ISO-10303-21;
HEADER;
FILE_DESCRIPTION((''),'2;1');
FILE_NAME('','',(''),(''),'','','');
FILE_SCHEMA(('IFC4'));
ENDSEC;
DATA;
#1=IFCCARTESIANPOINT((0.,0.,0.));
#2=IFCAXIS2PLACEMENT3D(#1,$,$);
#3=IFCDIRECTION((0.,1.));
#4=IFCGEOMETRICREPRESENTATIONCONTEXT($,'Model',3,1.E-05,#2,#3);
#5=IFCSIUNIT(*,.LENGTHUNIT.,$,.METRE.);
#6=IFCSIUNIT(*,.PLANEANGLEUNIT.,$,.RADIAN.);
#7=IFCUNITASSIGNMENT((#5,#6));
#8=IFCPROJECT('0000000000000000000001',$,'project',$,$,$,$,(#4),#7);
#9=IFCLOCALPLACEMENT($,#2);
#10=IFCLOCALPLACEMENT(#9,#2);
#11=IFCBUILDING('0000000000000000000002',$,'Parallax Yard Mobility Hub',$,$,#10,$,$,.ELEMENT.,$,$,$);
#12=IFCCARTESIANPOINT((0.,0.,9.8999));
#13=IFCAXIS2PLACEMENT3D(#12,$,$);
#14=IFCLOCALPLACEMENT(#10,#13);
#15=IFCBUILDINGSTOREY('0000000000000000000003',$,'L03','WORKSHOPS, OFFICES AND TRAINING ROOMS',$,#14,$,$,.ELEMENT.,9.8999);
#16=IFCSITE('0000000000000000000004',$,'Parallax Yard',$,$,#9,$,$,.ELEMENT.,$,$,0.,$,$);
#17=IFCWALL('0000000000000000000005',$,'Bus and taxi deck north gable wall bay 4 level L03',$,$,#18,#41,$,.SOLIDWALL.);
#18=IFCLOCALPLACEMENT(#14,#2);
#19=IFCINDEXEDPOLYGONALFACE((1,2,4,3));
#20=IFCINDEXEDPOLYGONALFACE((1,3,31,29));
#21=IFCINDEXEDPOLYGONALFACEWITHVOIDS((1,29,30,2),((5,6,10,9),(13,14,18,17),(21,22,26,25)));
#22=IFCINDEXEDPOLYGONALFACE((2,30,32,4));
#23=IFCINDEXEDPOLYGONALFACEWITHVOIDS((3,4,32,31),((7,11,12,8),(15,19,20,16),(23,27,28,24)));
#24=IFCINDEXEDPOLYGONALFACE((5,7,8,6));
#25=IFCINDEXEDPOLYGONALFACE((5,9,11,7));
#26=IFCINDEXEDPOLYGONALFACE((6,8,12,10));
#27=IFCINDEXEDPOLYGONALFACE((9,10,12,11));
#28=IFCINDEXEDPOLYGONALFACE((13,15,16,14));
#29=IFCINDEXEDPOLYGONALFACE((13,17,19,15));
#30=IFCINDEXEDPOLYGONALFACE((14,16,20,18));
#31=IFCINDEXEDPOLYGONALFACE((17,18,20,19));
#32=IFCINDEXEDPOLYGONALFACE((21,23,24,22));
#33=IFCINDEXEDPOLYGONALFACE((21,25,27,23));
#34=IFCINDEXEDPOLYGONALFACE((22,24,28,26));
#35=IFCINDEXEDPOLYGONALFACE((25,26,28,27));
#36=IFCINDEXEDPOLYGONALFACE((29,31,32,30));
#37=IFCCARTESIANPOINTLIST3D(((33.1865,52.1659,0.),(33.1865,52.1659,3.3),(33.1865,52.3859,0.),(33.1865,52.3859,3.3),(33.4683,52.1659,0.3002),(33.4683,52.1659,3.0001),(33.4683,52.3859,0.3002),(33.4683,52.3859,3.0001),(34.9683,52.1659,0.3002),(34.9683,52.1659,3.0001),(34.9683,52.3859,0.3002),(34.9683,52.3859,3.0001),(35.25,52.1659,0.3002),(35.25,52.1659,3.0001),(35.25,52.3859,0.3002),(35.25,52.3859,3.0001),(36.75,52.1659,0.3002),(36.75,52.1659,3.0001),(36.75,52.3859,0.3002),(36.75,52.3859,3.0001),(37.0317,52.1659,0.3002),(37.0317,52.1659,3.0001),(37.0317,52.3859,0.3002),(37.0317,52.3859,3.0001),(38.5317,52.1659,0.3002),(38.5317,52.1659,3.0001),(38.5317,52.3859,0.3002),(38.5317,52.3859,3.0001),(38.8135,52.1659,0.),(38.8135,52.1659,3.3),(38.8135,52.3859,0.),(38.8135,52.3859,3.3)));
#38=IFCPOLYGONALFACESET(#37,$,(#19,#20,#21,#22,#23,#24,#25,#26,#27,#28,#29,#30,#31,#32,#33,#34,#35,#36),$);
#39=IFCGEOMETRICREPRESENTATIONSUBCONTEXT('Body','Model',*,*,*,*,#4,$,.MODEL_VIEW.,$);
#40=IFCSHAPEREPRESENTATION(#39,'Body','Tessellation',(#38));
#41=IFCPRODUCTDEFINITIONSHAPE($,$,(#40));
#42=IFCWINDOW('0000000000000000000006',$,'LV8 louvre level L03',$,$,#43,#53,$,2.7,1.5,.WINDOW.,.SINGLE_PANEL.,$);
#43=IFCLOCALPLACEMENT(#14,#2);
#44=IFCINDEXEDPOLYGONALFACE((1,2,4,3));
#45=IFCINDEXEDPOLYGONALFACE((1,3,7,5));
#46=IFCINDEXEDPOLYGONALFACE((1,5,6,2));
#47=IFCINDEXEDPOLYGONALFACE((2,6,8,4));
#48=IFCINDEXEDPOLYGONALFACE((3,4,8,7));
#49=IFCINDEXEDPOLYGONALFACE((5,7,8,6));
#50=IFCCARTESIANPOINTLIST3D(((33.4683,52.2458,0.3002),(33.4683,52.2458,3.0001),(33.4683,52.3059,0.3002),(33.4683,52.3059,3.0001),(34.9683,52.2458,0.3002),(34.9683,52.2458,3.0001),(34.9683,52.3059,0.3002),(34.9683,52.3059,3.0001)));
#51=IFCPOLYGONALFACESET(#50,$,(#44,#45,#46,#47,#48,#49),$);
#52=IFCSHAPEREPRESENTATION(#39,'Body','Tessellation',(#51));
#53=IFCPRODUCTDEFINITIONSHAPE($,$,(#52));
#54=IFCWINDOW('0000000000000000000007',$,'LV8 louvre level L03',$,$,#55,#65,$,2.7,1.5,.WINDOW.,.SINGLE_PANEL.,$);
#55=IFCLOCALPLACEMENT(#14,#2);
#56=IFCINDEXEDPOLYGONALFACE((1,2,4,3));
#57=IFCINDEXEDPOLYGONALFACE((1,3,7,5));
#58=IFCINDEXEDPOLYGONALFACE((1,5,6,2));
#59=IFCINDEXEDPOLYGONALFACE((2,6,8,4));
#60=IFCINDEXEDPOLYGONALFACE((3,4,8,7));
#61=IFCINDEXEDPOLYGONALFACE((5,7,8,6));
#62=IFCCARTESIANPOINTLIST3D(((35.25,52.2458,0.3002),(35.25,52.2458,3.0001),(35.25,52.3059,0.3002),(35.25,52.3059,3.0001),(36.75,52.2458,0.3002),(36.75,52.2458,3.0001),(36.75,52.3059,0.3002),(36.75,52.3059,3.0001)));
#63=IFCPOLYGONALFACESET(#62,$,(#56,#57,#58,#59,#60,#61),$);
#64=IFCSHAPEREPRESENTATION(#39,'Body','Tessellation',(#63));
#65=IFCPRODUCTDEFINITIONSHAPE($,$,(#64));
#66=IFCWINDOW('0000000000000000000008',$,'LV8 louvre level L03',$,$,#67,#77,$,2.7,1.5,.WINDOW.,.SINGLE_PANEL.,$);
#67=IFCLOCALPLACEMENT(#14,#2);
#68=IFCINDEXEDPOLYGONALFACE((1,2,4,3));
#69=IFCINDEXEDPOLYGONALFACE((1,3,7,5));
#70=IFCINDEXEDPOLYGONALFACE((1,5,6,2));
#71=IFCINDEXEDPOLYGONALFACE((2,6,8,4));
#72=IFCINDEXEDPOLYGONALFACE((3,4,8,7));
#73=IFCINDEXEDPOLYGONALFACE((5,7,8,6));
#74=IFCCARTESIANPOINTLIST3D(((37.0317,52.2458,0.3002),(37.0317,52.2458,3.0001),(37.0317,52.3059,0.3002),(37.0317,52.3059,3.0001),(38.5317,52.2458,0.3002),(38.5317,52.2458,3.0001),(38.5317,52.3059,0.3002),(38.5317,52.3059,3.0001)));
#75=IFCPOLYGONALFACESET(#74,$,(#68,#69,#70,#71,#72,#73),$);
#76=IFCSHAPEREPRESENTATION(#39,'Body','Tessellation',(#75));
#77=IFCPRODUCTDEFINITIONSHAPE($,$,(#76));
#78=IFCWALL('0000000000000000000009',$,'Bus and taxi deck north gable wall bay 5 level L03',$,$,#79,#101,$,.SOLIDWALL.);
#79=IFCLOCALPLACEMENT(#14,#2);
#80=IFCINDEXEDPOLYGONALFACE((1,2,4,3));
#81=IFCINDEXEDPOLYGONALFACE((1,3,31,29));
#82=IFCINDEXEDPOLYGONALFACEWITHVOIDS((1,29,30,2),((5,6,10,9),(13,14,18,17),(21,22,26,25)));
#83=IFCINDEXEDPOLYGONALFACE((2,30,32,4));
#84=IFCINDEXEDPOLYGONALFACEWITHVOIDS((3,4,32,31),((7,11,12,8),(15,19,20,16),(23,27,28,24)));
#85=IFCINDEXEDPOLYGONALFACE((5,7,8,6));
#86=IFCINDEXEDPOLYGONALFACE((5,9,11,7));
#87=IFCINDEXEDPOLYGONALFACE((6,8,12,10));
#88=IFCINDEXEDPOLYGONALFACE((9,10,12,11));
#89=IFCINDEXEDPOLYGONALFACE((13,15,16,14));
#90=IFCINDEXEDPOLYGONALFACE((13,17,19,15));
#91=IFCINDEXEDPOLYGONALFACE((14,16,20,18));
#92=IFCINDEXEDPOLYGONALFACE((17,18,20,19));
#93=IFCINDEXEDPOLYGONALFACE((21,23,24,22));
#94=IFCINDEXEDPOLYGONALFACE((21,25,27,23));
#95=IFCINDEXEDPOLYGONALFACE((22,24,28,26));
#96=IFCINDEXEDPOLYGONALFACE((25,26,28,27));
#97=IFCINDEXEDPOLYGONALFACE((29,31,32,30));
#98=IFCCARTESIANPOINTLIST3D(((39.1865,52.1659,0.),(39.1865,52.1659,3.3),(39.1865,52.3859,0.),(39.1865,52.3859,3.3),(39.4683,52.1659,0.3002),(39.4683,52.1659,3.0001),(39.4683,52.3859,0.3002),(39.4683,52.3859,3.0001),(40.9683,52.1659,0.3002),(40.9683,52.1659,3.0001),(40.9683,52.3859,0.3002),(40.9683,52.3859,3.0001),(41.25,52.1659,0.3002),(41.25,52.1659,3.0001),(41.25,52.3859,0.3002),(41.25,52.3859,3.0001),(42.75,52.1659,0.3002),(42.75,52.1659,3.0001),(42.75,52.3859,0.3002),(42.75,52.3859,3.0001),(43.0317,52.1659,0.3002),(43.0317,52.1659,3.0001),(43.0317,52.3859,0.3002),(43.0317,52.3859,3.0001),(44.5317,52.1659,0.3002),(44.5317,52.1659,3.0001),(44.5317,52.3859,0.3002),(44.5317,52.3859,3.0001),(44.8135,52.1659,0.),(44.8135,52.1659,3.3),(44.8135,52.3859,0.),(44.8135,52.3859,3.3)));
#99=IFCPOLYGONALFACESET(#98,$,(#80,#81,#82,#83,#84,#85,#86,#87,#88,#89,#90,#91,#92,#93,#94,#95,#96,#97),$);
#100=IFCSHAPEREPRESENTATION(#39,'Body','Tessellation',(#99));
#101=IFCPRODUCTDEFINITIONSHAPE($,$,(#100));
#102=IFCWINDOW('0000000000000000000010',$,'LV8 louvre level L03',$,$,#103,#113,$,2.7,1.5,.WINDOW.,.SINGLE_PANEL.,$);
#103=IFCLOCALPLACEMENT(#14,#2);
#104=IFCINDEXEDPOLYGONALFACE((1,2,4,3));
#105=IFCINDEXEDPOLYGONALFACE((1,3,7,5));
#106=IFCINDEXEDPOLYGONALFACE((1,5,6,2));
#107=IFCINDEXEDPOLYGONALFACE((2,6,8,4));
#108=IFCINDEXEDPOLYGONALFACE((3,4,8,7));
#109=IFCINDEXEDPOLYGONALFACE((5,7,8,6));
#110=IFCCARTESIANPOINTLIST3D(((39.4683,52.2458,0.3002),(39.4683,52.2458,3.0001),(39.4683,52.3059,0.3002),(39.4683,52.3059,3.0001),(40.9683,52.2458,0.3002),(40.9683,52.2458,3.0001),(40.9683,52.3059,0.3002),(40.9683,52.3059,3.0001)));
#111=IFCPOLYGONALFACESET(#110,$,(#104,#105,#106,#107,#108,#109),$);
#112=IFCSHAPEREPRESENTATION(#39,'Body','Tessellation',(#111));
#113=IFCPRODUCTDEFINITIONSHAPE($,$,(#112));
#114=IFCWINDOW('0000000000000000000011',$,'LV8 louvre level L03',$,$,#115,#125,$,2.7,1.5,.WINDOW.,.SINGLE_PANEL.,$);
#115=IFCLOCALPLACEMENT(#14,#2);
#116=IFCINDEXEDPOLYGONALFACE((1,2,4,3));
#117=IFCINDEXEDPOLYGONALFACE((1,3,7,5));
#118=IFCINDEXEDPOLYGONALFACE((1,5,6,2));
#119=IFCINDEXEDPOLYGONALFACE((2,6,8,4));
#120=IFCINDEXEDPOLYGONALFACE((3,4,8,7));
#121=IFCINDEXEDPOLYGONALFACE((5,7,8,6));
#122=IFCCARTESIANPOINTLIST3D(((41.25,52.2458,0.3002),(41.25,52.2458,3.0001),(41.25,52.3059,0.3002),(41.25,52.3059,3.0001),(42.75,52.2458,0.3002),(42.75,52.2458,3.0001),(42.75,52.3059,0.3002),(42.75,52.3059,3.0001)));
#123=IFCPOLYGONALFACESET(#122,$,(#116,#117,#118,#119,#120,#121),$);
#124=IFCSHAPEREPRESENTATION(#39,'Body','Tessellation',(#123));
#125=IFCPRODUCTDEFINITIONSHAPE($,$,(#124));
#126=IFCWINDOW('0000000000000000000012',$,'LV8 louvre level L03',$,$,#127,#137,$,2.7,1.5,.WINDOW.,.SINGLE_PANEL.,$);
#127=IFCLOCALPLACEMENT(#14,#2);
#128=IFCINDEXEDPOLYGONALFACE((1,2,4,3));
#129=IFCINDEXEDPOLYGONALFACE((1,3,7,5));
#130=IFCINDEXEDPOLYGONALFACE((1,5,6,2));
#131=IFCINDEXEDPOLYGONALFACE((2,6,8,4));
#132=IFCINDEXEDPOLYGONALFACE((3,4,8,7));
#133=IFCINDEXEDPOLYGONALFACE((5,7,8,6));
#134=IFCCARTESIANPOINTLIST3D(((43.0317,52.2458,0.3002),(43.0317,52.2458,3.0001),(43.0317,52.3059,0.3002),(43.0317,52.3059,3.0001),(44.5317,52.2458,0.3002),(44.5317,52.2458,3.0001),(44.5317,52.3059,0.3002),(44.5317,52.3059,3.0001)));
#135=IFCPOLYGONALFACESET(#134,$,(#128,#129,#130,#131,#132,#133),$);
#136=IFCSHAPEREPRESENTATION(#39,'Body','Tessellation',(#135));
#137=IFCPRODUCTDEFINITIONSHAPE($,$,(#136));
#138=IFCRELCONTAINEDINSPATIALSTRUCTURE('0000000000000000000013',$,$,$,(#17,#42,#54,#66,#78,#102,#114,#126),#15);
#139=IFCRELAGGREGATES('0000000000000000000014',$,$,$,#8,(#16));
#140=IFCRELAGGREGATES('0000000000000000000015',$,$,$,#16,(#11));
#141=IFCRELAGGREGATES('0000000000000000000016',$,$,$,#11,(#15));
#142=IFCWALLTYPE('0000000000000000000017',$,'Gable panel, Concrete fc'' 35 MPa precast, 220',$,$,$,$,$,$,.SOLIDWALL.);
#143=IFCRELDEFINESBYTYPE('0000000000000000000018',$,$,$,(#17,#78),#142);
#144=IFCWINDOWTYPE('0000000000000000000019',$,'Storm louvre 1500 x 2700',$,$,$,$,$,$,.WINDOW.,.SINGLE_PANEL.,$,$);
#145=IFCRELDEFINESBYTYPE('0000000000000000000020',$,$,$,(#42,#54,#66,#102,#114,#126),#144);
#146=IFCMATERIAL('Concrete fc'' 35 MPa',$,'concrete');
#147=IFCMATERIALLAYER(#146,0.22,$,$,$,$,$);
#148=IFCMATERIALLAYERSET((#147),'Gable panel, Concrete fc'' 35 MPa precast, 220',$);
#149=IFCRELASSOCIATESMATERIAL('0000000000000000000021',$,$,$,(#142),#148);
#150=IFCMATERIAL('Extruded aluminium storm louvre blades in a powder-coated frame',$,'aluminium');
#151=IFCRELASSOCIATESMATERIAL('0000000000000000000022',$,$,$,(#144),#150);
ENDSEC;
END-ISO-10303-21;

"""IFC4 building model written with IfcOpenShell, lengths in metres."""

from ifc_helpers import new_model, si_unit, direction, frame, frame_2d, origin, place, context, subcontext, project, spatial, rectangle, extrude, material, layer, layer_set, type_object, element, fill, save


model = new_model("IFC4")

# Units and contexts
model_context = context("Model", 3, precision=1e-05, world=origin(), true_north=direction((0.0, 1.0)))
body_context = subcontext(model_context, "Body", "Model", "MODEL_VIEW")
ifc_project = project(units=[si_unit("LENGTHUNIT", "METRE"), si_unit("PLANEANGLEUNIT", "RADIAN")], contexts=[model_context])

# Site, building, storey
site_placement = place(None, origin())
site = spatial("IfcSite", under=ifc_project, at=site_placement, Name="Parallax Yard", CompositionType="ELEMENT", RefElevation=0.0)
building_placement = place(site_placement, origin())
building = spatial("IfcBuilding", under=site, at=building_placement, Name="Parallax Yard Mobility Hub", CompositionType="ELEMENT")
storey_placement = place(building_placement, frame((0.0, 0.0, 9.8999)))
storey = spatial("IfcBuildingStorey", under=building, at=storey_placement, Name="L03", Description="WORKSHOPS, OFFICES AND TRAINING ROOMS", CompositionType="ELEMENT", Elevation=9.8999)

# Walls, openings, windows
ifc_material_1 = material(Name="Concrete fc' 35 MPa", Category="concrete")
ifc_layer = layer(ifc_material_1, 0.22)
ifc_layer_set = layer_set([ifc_layer], Name="Gable panel, Concrete fc' 35 MPa precast, 220")
wall_type = type_object("IfcWallType", Name="Gable panel, Concrete fc' 35 MPa precast, 220", PredefinedType="SOLIDWALL", material=ifc_layer_set)
ifc_material_2 = material(Name="Extruded aluminium storm louvre blades in a powder-coated frame", Category="aluminium")
window_type = type_object("IfcWindowType", Name="Storm louvre 1500 x 2700", PartitioningType="SINGLE_PANEL", PredefinedType="WINDOW", material=ifc_material_2)
wall_1_placement = place(storey_placement, frame((33.1865, 52.2759, 0.0), z_axis=(0.0, 0.0, 1.0), x_axis=(1.0, 0.0, 0.0)))
wall_1 = element("IfcWall", 1, at=wall_1_placement, inside=storey, type_object=wall_type, Name="Bus and taxi deck north gable wall bay 4 level L03", PredefinedType="SOLIDWALL", context=body_context, shape_type="SweptSolid", body=[
    extrude(rectangle(XDim=5.627, YDim=0.22, at=frame_2d((2.8135, 0.0))), origin(), (0.0, 0.0, 1.0), 3.3),
])
opening_1_placement = place(wall_1_placement, frame((0.2817, 0.0, 0.3)))
opening_1 = element("IfcOpeningElement", 2, at=opening_1_placement, cuts=wall_1, PredefinedType="OPENING", context=body_context, shape_type="SweptSolid", body=[
    extrude(rectangle(XDim=1.5, YDim=2.7, at=frame_2d((0.75, 1.3501))), frame((0.0, 0.1201, 0.0), z_axis=(0.0, -1.0, 0.0), x_axis=(1.0, 0.0, 0.0)), (0.0, 0.0, 1.0), 0.24),
])
opening_2_placement = place(wall_1_placement, frame((2.0635, 0.0, 0.3)))
opening_2 = element("IfcOpeningElement", 3, at=opening_2_placement, cuts=wall_1, PredefinedType="OPENING", context=body_context, shape_type="SweptSolid", body=[
    extrude(rectangle(XDim=1.5, YDim=2.7, at=frame_2d((0.75, 1.3501))), frame((0.0, 0.1201, 0.0), z_axis=(0.0, -1.0, 0.0), x_axis=(1.0, 0.0, 0.0)), (0.0, 0.0, 1.0), 0.24),
])
opening_3_placement = place(wall_1_placement, frame((3.8452, 0.0, 0.3)))
opening_3 = element("IfcOpeningElement", 4, at=opening_3_placement, cuts=wall_1, PredefinedType="OPENING", context=body_context, shape_type="SweptSolid", body=[
    extrude(rectangle(XDim=1.5, YDim=2.7, at=frame_2d((0.75, 1.3501))), frame((0.0, 0.1201, 0.0), z_axis=(0.0, -1.0, 0.0), x_axis=(1.0, 0.0, 0.0)), (0.0, 0.0, 1.0), 0.24),
])
window_1_placement = place(opening_1_placement, origin())
window_1 = element("IfcWindow", 5, at=window_1_placement, inside=storey, type_object=window_type, Name="LV8 louvre level L03", OverallHeight=2.7, OverallWidth=1.5, PartitioningType="SINGLE_PANEL", PredefinedType="WINDOW", context=body_context, shape_type="SweptSolid", body=[
    extrude(rectangle(XDim=1.5, YDim=2.7, at=frame_2d((0.75, 1.3501))), frame((0.0, 0.03, 0.0), z_axis=(0.0, -1.0, 0.0), x_axis=(1.0, 0.0, 0.0)), (0.0, 0.0, 1.0), 0.0601),
])
fill(opening_1, window_1)
window_2_placement = place(opening_2_placement, origin())
window_2 = element("IfcWindow", 6, at=window_2_placement, inside=storey, type_object=window_type, Name="LV8 louvre level L03", OverallHeight=2.7, OverallWidth=1.5, PartitioningType="SINGLE_PANEL", PredefinedType="WINDOW", context=body_context, shape_type="SweptSolid", body=[
    extrude(rectangle(XDim=1.5, YDim=2.7, at=frame_2d((0.75, 1.3501))), frame((0.0, 0.03, 0.0), z_axis=(0.0, -1.0, 0.0), x_axis=(1.0, 0.0, 0.0)), (0.0, 0.0, 1.0), 0.0601),
])
fill(opening_2, window_2)
window_3_placement = place(opening_3_placement, origin())
window_3 = element("IfcWindow", 7, at=window_3_placement, inside=storey, type_object=window_type, Name="LV8 louvre level L03", OverallHeight=2.7, OverallWidth=1.5, PartitioningType="SINGLE_PANEL", PredefinedType="WINDOW", context=body_context, shape_type="SweptSolid", body=[
    extrude(rectangle(XDim=1.5, YDim=2.7, at=frame_2d((0.75, 1.3501))), frame((0.0, 0.03, 0.0), z_axis=(0.0, -1.0, 0.0), x_axis=(1.0, 0.0, 0.0)), (0.0, 0.0, 1.0), 0.0601),
])
fill(opening_3, window_3)
wall_2_placement = place(storey_placement, frame((39.1865, 52.2759, 0.0), z_axis=(0.0, 0.0, 1.0), x_axis=(1.0, 0.0, 0.0)))
wall_2 = element("IfcWall", 8, at=wall_2_placement, inside=storey, type_object=wall_type, Name="Bus and taxi deck north gable wall bay 5 level L03", PredefinedType="SOLIDWALL", context=body_context, shape_type="SweptSolid", body=[
    extrude(rectangle(XDim=5.627, YDim=0.22, at=frame_2d((2.8135, 0.0))), origin(), (0.0, 0.0, 1.0), 3.3),
])
opening_4_placement = place(wall_2_placement, frame((0.2817, 0.0, 0.3)))
opening_4 = element("IfcOpeningElement", 9, at=opening_4_placement, cuts=wall_2, PredefinedType="OPENING", context=body_context, shape_type="SweptSolid", body=[
    extrude(rectangle(XDim=1.5, YDim=2.7, at=frame_2d((0.75, 1.3501))), frame((0.0, 0.1201, 0.0), z_axis=(0.0, -1.0, 0.0), x_axis=(1.0, 0.0, 0.0)), (0.0, 0.0, 1.0), 0.24),
])
opening_5_placement = place(wall_2_placement, frame((2.0635, 0.0, 0.3)))
opening_5 = element("IfcOpeningElement", 10, at=opening_5_placement, cuts=wall_2, PredefinedType="OPENING", context=body_context, shape_type="SweptSolid", body=[
    extrude(rectangle(XDim=1.5, YDim=2.7, at=frame_2d((0.75, 1.3501))), frame((0.0, 0.1201, 0.0), z_axis=(0.0, -1.0, 0.0), x_axis=(1.0, 0.0, 0.0)), (0.0, 0.0, 1.0), 0.24),
])
opening_6_placement = place(wall_2_placement, frame((3.8452, 0.0, 0.3)))
opening_6 = element("IfcOpeningElement", 11, at=opening_6_placement, cuts=wall_2, PredefinedType="OPENING", context=body_context, shape_type="SweptSolid", body=[
    extrude(rectangle(XDim=1.5, YDim=2.7, at=frame_2d((0.75, 1.3501))), frame((0.0, 0.1201, 0.0), z_axis=(0.0, -1.0, 0.0), x_axis=(1.0, 0.0, 0.0)), (0.0, 0.0, 1.0), 0.24),
])
window_4_placement = place(opening_4_placement, origin())
window_4 = element("IfcWindow", 12, at=window_4_placement, inside=storey, type_object=window_type, Name="LV8 louvre level L03", OverallHeight=2.7, OverallWidth=1.5, PartitioningType="SINGLE_PANEL", PredefinedType="WINDOW", context=body_context, shape_type="SweptSolid", body=[
    extrude(rectangle(XDim=1.5, YDim=2.7, at=frame_2d((0.75, 1.3501))), frame((0.0, 0.03, 0.0), z_axis=(0.0, -1.0, 0.0), x_axis=(1.0, 0.0, 0.0)), (0.0, 0.0, 1.0), 0.0601),
])
fill(opening_4, window_4)
window_5_placement = place(opening_5_placement, origin())
window_5 = element("IfcWindow", 13, at=window_5_placement, inside=storey, type_object=window_type, Name="LV8 louvre level L03", OverallHeight=2.7, OverallWidth=1.5, PartitioningType="SINGLE_PANEL", PredefinedType="WINDOW", context=body_context, shape_type="SweptSolid", body=[
    extrude(rectangle(XDim=1.5, YDim=2.7, at=frame_2d((0.75, 1.3501))), frame((0.0, 0.03, 0.0), z_axis=(0.0, -1.0, 0.0), x_axis=(1.0, 0.0, 0.0)), (0.0, 0.0, 1.0), 0.0601),
])
fill(opening_5, window_5)
window_6_placement = place(opening_6_placement, origin())
window_6 = element("IfcWindow", 14, at=window_6_placement, inside=storey, type_object=window_type, Name="LV8 louvre level L03", OverallHeight=2.7, OverallWidth=1.5, PartitioningType="SINGLE_PANEL", PredefinedType="WINDOW", context=body_context, shape_type="SweptSolid", body=[
    extrude(rectangle(XDim=1.5, YDim=2.7, at=frame_2d((0.75, 1.3501))), frame((0.0, 0.03, 0.0), z_axis=(0.0, -1.0, 0.0), x_axis=(1.0, 0.0, 0.0)), (0.0, 0.0, 1.0), 0.0601),
])
fill(opening_6, window_6)

save(model, "model.ifc")
